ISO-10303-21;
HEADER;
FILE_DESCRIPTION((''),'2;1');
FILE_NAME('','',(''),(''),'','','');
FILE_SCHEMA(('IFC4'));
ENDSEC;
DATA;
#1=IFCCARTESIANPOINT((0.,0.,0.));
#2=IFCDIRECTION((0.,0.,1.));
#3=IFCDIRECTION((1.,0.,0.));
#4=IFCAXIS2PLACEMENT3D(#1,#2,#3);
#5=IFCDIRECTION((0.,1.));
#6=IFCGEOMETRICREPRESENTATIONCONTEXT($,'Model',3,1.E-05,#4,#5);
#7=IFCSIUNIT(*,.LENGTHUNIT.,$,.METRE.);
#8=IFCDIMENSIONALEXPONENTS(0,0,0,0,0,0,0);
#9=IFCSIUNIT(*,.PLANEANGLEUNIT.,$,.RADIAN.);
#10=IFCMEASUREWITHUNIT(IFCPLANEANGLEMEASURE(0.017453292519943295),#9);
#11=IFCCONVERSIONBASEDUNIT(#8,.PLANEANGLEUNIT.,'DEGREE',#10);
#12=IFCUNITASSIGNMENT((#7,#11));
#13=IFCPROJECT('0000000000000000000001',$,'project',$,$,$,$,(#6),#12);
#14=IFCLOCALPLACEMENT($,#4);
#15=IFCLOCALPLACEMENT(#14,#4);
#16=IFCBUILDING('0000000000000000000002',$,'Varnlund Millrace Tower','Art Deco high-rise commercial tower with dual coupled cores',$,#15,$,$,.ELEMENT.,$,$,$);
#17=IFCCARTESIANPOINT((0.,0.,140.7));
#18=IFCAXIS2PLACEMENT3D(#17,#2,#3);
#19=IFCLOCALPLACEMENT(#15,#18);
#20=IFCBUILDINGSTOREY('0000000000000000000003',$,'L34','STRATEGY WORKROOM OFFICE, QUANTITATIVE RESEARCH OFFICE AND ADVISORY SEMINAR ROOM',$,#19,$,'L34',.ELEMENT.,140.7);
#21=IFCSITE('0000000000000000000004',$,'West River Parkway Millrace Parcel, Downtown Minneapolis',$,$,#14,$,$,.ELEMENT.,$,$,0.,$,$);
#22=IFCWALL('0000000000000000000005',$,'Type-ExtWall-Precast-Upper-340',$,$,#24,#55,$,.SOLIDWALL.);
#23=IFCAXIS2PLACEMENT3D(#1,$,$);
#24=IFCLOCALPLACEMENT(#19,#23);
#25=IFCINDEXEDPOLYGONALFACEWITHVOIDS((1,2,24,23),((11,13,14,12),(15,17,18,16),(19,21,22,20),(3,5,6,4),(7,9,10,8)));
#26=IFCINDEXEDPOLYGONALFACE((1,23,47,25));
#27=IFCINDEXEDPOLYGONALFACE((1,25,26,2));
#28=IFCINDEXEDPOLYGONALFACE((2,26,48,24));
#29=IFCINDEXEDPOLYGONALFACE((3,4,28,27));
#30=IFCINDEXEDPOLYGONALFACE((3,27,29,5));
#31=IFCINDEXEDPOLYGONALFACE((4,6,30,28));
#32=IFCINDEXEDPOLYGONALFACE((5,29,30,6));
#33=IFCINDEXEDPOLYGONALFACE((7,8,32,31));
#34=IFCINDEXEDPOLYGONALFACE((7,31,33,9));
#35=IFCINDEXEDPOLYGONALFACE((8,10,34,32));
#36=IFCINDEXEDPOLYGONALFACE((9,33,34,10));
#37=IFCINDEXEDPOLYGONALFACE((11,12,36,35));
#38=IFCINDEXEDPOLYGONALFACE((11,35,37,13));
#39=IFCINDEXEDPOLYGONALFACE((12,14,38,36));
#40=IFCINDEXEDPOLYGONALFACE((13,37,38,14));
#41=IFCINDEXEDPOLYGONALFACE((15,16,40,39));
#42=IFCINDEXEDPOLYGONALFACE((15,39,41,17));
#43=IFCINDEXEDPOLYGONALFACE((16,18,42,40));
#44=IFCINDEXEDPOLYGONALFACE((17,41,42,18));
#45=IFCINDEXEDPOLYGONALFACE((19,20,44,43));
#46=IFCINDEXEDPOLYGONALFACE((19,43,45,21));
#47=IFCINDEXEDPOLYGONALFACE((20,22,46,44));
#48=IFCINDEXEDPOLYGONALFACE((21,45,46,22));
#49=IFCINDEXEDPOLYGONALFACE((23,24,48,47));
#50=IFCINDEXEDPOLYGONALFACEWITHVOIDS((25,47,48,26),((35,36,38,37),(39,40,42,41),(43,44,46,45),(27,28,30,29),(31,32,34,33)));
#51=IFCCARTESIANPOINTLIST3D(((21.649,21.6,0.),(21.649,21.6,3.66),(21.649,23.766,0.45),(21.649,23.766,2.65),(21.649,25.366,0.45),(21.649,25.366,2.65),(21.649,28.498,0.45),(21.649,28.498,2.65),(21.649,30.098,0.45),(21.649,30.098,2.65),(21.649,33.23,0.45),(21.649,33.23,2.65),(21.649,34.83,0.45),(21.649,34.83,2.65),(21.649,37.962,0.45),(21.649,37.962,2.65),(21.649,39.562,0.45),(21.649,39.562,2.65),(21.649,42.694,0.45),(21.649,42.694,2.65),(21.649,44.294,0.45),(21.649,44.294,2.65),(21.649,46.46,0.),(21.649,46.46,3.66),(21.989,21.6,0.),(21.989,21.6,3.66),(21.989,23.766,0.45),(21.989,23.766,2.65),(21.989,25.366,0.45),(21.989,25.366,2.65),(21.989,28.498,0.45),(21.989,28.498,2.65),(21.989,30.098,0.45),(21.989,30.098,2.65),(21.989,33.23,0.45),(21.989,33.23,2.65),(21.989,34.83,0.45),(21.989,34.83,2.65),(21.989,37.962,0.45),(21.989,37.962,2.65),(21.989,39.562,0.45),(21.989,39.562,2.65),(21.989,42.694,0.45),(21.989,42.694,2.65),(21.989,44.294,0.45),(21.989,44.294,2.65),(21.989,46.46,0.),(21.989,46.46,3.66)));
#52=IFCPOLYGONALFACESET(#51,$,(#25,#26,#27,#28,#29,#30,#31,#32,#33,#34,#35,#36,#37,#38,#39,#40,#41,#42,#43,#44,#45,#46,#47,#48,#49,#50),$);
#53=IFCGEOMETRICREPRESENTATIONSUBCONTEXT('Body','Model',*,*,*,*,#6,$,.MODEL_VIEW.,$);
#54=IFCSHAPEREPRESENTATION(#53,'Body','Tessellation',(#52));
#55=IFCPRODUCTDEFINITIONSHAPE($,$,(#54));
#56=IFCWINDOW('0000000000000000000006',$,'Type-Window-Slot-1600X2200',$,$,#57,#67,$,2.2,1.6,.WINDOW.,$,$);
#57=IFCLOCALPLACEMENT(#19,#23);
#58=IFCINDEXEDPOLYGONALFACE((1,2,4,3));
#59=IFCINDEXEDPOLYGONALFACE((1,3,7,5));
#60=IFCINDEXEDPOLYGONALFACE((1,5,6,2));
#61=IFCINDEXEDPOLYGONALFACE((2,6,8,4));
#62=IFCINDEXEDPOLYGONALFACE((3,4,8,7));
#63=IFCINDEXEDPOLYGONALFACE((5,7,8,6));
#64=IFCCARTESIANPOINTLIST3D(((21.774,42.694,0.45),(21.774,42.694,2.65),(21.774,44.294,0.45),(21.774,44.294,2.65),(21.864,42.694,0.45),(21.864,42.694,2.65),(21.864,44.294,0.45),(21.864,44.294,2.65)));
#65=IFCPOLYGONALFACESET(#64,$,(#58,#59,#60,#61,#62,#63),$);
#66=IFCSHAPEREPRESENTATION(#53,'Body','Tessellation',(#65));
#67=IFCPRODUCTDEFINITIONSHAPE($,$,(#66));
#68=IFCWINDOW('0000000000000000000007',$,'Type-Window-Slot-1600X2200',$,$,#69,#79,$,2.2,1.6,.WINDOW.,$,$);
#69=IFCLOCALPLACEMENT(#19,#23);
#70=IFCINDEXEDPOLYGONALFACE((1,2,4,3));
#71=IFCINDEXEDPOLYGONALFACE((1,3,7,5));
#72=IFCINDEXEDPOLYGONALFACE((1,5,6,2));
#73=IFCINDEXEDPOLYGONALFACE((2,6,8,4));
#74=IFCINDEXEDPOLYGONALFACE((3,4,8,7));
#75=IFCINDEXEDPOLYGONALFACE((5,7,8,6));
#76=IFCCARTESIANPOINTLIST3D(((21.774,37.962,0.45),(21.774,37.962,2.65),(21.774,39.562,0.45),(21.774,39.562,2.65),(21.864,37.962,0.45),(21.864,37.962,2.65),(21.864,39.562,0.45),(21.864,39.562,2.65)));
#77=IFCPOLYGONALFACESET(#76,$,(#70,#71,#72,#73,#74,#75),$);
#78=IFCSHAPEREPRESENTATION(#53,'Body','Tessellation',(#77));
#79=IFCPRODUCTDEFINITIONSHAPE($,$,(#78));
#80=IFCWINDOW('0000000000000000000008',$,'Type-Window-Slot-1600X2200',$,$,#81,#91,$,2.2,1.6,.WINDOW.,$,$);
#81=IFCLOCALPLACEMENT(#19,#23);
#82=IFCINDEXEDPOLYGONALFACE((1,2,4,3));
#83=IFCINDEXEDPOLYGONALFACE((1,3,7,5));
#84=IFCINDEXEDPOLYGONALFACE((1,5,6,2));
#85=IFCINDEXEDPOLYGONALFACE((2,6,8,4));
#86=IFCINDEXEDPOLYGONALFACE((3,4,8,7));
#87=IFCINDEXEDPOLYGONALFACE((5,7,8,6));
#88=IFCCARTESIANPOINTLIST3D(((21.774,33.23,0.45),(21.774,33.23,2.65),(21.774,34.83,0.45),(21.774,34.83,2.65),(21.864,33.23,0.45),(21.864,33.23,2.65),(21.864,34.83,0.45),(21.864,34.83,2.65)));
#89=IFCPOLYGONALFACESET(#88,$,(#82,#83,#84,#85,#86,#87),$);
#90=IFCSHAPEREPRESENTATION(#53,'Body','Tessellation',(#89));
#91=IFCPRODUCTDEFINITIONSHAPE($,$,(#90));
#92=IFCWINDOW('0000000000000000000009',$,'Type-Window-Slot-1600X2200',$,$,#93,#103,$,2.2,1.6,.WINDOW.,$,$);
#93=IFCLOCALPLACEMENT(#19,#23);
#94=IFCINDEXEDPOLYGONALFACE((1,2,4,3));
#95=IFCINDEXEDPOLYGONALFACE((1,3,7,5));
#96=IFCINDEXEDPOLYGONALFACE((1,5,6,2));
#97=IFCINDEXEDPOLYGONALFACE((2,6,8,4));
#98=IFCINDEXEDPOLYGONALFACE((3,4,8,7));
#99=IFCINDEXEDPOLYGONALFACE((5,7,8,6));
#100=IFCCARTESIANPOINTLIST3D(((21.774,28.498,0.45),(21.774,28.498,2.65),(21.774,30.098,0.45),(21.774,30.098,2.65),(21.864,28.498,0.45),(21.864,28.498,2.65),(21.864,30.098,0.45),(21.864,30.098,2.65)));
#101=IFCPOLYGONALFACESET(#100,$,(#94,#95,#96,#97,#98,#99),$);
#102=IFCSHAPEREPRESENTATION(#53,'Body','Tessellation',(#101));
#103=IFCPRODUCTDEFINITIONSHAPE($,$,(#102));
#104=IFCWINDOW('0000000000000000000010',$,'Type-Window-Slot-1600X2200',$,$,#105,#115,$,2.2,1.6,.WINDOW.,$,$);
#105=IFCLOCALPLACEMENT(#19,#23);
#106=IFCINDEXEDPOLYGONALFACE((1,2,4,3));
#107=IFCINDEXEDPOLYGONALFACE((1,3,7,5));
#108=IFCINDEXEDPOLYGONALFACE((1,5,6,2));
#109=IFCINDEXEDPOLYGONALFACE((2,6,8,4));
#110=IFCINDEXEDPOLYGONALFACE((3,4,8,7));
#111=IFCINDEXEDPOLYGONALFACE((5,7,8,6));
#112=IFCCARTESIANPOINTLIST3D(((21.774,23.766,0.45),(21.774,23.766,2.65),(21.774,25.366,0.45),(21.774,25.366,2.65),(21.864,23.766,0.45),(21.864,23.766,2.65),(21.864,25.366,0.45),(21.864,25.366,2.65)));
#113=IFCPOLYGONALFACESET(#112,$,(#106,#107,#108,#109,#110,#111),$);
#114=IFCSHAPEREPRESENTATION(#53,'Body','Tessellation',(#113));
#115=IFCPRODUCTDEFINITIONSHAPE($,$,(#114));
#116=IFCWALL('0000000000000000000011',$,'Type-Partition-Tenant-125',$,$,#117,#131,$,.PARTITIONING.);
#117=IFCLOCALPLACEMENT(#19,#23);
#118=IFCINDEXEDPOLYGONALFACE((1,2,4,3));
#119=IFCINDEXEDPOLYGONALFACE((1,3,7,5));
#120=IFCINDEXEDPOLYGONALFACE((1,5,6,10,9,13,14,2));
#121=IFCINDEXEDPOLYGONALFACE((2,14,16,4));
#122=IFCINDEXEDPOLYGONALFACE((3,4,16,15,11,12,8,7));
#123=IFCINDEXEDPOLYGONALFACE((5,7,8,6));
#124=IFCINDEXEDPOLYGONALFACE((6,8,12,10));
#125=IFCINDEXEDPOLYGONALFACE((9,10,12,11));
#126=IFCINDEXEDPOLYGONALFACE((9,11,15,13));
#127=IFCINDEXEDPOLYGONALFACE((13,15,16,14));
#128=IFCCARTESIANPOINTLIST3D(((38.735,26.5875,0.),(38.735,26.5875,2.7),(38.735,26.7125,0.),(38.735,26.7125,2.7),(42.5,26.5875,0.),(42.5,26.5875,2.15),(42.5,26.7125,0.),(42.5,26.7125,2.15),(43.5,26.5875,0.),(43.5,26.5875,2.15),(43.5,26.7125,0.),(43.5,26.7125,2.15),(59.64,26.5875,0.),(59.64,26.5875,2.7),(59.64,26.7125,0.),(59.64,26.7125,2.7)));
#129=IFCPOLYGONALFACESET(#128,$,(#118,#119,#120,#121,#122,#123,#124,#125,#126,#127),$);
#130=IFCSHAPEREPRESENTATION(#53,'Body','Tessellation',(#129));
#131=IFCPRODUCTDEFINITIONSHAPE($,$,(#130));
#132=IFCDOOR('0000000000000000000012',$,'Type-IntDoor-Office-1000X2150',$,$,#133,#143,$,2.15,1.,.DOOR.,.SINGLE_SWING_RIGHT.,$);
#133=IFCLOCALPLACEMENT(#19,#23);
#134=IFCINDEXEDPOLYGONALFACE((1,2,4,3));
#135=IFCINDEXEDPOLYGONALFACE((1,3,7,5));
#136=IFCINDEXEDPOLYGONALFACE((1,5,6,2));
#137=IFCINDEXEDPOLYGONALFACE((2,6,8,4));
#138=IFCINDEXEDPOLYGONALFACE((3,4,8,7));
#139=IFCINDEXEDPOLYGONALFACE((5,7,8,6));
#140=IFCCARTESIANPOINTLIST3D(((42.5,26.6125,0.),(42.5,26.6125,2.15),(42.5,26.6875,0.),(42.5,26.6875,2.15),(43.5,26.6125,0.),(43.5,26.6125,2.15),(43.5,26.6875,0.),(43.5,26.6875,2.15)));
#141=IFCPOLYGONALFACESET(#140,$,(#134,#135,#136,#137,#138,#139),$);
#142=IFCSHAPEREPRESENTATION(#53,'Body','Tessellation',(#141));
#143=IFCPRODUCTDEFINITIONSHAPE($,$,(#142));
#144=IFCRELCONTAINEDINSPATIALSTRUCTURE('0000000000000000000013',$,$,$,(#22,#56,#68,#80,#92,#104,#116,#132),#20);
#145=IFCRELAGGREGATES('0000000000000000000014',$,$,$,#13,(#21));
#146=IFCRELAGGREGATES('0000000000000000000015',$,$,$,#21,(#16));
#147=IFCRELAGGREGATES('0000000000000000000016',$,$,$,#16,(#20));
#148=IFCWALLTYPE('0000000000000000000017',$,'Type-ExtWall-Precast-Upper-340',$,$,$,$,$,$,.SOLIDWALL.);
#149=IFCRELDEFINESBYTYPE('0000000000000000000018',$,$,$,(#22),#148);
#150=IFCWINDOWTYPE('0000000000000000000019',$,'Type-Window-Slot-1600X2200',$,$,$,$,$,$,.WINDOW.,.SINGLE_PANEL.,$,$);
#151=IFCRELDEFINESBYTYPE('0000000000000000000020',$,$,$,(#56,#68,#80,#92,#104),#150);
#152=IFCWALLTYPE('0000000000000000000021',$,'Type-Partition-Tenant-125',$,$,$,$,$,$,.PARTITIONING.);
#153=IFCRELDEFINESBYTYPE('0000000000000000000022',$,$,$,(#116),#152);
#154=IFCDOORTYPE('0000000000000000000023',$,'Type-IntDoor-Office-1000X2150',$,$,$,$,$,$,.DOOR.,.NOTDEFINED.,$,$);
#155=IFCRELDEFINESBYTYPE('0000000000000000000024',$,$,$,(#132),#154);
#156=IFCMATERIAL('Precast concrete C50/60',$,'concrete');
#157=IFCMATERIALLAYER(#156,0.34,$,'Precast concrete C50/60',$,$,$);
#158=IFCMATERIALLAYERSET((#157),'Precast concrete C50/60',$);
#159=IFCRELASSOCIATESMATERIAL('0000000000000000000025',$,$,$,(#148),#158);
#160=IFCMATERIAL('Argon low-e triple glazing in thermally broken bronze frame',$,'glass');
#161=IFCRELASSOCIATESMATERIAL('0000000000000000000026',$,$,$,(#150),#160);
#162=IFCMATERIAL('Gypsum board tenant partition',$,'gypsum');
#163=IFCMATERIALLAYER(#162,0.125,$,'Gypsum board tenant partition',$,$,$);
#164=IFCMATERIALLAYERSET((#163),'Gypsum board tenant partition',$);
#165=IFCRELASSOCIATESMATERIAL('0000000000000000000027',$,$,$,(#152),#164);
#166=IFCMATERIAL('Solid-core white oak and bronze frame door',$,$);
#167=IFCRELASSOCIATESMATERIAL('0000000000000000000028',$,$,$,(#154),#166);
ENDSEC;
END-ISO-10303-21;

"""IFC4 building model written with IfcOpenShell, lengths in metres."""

from ifc_helpers import new_model, entity, si_unit, converted_unit, direction, frame, origin_with_axes, origin_2d_with_axis, place, context, subcontext, project, spatial, polyline, rectangle, outline, extrude, material, layer, layer_set, type_object, element, fill, save


model = new_model("IFC4")

# Units and contexts
model_context = context("Model", 3, precision=1e-05, world=origin_with_axes(), true_north=direction((0.0, 1.0)))
body_context = subcontext(model_context, "Body", "Model", "MODEL_VIEW")
ifc_project = project(units=[si_unit("LENGTHUNIT", "METRE"), converted_unit("PLANEANGLEUNIT", "DEGREE", entity("IfcPlaneAngleMeasure", 0.017453292519943295), si_unit("PLANEANGLEUNIT", "RADIAN"), dimensions=[0, 0, 0, 0, 0, 0, 0])], contexts=[model_context])

# Site, building, storey
site_placement = place(None, origin_with_axes())
site = spatial("IfcSite", under=ifc_project, at=site_placement, Name="West River Parkway Millrace Parcel, Downtown Minneapolis", CompositionType="ELEMENT", RefElevation=0.0)
building_placement = place(site_placement, origin_with_axes())
building = spatial("IfcBuilding", under=site, at=building_placement, Name="Varnlund Millrace Tower", Description="Art Deco high-rise commercial tower with dual coupled cores", CompositionType="ELEMENT")
storey_placement = place(building_placement, frame((0.0, 0.0, 140.7), z_axis=(0.0, 0.0, 1.0), x_axis=(1.0, 0.0, 0.0)))
storey = spatial("IfcBuildingStorey", under=building, at=storey_placement, Name="L34", Description="STRATEGY WORKROOM OFFICE, QUANTITATIVE RESEARCH OFFICE AND ADVISORY SEMINAR ROOM", LongName="L34", CompositionType="ELEMENT", Elevation=140.7)

# Shared definitions
ifc_material_1 = material(Name="Precast concrete C50/60", Category="concrete")
ifc_layer_1 = layer(ifc_material_1, 0.34, Name="Precast concrete C50/60")
ifc_layer_set_1 = layer_set([ifc_layer_1], Name="Precast concrete C50/60")
wall_type_1 = type_object("IfcWallType", Name="Type-ExtWall-Precast-Upper-340", PredefinedType="SOLIDWALL", material=ifc_layer_set_1)
ifc_material_2 = material(Name="Argon low-e triple glazing in thermally broken bronze frame", Category="glass")

# Wall, openings, windows
wall_1_placement = place(storey_placement, frame((21.819, 46.46, 0.0), z_axis=(0.0, 0.0, 1.0), x_axis=(0.0, -1.0, 0.0)))
wall_1 = element("IfcWall", 1, at=wall_1_placement, inside=storey, type_object=wall_type_1, Name="Type-ExtWall-Precast-Upper-340", PredefinedType="SOLIDWALL", context=body_context, shape_type="SweptSolid", body=[
    extrude(outline(polyline([(0.0, -0.17), (24.86, -0.17), (24.86, 0.17), (0.0, 0.17), (0.0, -0.17)])), origin_with_axes(), (0.0, 0.0, 1.0), 3.66),
])
opening_1_placement = place(wall_1_placement, frame((2.966, 0.0, 0.45), z_axis=(0.0, 0.0, 1.0), x_axis=(1.0, 0.0, 0.0)))
opening_1 = element("IfcOpeningElement", 2, at=opening_1_placement, cuts=wall_1, PredefinedType="OPENING", context=body_context, shape_type="SweptSolid", body=[
    extrude(rectangle(XDim=1.6, YDim=0.36, at=origin_2d_with_axis()), origin_with_axes(), (0.0, 0.0, 1.0), 2.2),
])
opening_2_placement = place(wall_1_placement, frame((7.698, 0.0, 0.45), z_axis=(0.0, 0.0, 1.0), x_axis=(1.0, 0.0, 0.0)))
opening_2 = element("IfcOpeningElement", 3, at=opening_2_placement, cuts=wall_1, PredefinedType="OPENING", context=body_context, shape_type="SweptSolid", body=[
    extrude(rectangle(XDim=1.6, YDim=0.36, at=origin_2d_with_axis()), origin_with_axes(), (0.0, 0.0, 1.0), 2.2),
])
opening_3_placement = place(wall_1_placement, frame((12.43, 0.0, 0.45), z_axis=(0.0, 0.0, 1.0), x_axis=(1.0, 0.0, 0.0)))
opening_3 = element("IfcOpeningElement", 4, at=opening_3_placement, cuts=wall_1, PredefinedType="OPENING", context=body_context, shape_type="SweptSolid", body=[
    extrude(rectangle(XDim=1.6, YDim=0.36, at=origin_2d_with_axis()), origin_with_axes(), (0.0, 0.0, 1.0), 2.2),
])
opening_4_placement = place(wall_1_placement, frame((17.162, 0.0, 0.45), z_axis=(0.0, 0.0, 1.0), x_axis=(1.0, 0.0, 0.0)))
opening_4 = element("IfcOpeningElement", 5, at=opening_4_placement, cuts=wall_1, PredefinedType="OPENING", context=body_context, shape_type="SweptSolid", body=[
    extrude(rectangle(XDim=1.6, YDim=0.36, at=origin_2d_with_axis()), origin_with_axes(), (0.0, 0.0, 1.0), 2.2),
])
opening_5_placement = place(wall_1_placement, frame((21.894, 0.0, 0.45), z_axis=(0.0, 0.0, 1.0), x_axis=(1.0, 0.0, 0.0)))
opening_5 = element("IfcOpeningElement", 6, at=opening_5_placement, cuts=wall_1, PredefinedType="OPENING", context=body_context, shape_type="SweptSolid", body=[
    extrude(rectangle(XDim=1.6, YDim=0.36, at=origin_2d_with_axis()), origin_with_axes(), (0.0, 0.0, 1.0), 2.2),
])
window_type_1 = type_object("IfcWindowType", Name="Type-Window-Slot-1600X2200", PartitioningType="SINGLE_PANEL", PredefinedType="WINDOW", material=ifc_material_2)
window_1_placement = place(wall_1_placement, frame((2.966, 0.0, 0.45), z_axis=(0.0, 0.0, 1.0), x_axis=(1.0, 0.0, 0.0)))
window_1 = element("IfcWindow", 7, at=window_1_placement, inside=storey, type_object=window_type_1, Name="Type-Window-Slot-1600X2200", OverallHeight=2.2, OverallWidth=1.6, PredefinedType="WINDOW", context=body_context, shape_type="SweptSolid", body=[
    extrude(rectangle(XDim=1.6, YDim=0.09, at=origin_2d_with_axis()), origin_with_axes(), (0.0, 0.0, 1.0), 2.2),
])
fill(opening_1, window_1)
window_2_placement = place(wall_1_placement, frame((7.698, 0.0, 0.45), z_axis=(0.0, 0.0, 1.0), x_axis=(1.0, 0.0, 0.0)))
window_2 = element("IfcWindow", 8, at=window_2_placement, inside=storey, type_object=window_type_1, Name="Type-Window-Slot-1600X2200", OverallHeight=2.2, OverallWidth=1.6, PredefinedType="WINDOW", context=body_context, shape_type="SweptSolid", body=[
    extrude(rectangle(XDim=1.6, YDim=0.09, at=origin_2d_with_axis()), origin_with_axes(), (0.0, 0.0, 1.0), 2.2),
])
fill(opening_2, window_2)
window_3_placement = place(wall_1_placement, frame((12.43, 0.0, 0.45), z_axis=(0.0, 0.0, 1.0), x_axis=(1.0, 0.0, 0.0)))
window_3 = element("IfcWindow", 9, at=window_3_placement, inside=storey, type_object=window_type_1, Name="Type-Window-Slot-1600X2200", OverallHeight=2.2, OverallWidth=1.6, PredefinedType="WINDOW", context=body_context, shape_type="SweptSolid", body=[
    extrude(rectangle(XDim=1.6, YDim=0.09, at=origin_2d_with_axis()), origin_with_axes(), (0.0, 0.0, 1.0), 2.2),
])
fill(opening_3, window_3)
window_4_placement = place(wall_1_placement, frame((17.162, 0.0, 0.45), z_axis=(0.0, 0.0, 1.0), x_axis=(1.0, 0.0, 0.0)))
window_4 = element("IfcWindow", 10, at=window_4_placement, inside=storey, type_object=window_type_1, Name="Type-Window-Slot-1600X2200", OverallHeight=2.2, OverallWidth=1.6, PredefinedType="WINDOW", context=body_context, shape_type="SweptSolid", body=[
    extrude(rectangle(XDim=1.6, YDim=0.09, at=origin_2d_with_axis()), origin_with_axes(), (0.0, 0.0, 1.0), 2.2),
])
fill(opening_4, window_4)
window_5_placement = place(wall_1_placement, frame((21.894, 0.0, 0.45), z_axis=(0.0, 0.0, 1.0), x_axis=(1.0, 0.0, 0.0)))
window_5 = element("IfcWindow", 11, at=window_5_placement, inside=storey, type_object=window_type_1, Name="Type-Window-Slot-1600X2200", OverallHeight=2.2, OverallWidth=1.6, PredefinedType="WINDOW", context=body_context, shape_type="SweptSolid", body=[
    extrude(rectangle(XDim=1.6, YDim=0.09, at=origin_2d_with_axis()), origin_with_axes(), (0.0, 0.0, 1.0), 2.2),
])
fill(opening_5, window_5)

# Wall, opening, door
ifc_material_3 = material(Name="Gypsum board tenant partition", Category="gypsum")
ifc_layer_2 = layer(ifc_material_3, 0.125, Name="Gypsum board tenant partition")
ifc_layer_set_2 = layer_set([ifc_layer_2], Name="Gypsum board tenant partition")
wall_type_2 = type_object("IfcWallType", Name="Type-Partition-Tenant-125", PredefinedType="PARTITIONING", material=ifc_layer_set_2)
wall_2_placement = place(storey_placement, frame((38.735, 26.65, 0.0), z_axis=(0.0, 0.0, 1.0), x_axis=(1.0, 0.0, 0.0)))
wall_2 = element("IfcWall", 12, at=wall_2_placement, inside=storey, type_object=wall_type_2, Name="Type-Partition-Tenant-125", PredefinedType="PARTITIONING", context=body_context, shape_type="SweptSolid", body=[
    extrude(outline(polyline([(0.0, -0.0625), (20.905, -0.0625), (20.905, 0.0625), (0.0, 0.0625), (0.0, -0.0625)])), origin_with_axes(), (0.0, 0.0, 1.0), 2.7),
])
opening_6_placement = place(wall_2_placement, frame((4.265, 0.0, 0.0), z_axis=(0.0, 0.0, 1.0), x_axis=(1.0, 0.0, 0.0)))
opening_6 = element("IfcOpeningElement", 13, at=opening_6_placement, cuts=wall_2, PredefinedType="OPENING", context=body_context, shape_type="SweptSolid", body=[
    extrude(rectangle(XDim=1.0, YDim=0.145, at=origin_2d_with_axis()), origin_with_axes(), (0.0, 0.0, 1.0), 2.15),
])
ifc_material_4 = material(Name="Solid-core white oak and bronze frame door")
door_type = type_object("IfcDoorType", Name="Type-IntDoor-Office-1000X2150", OperationType="NOTDEFINED", PredefinedType="DOOR", material=ifc_material_4)
door_placement = place(wall_2_placement, frame((4.265, 0.0, 0.0), z_axis=(0.0, 0.0, 1.0), x_axis=(1.0, 0.0, 0.0)))
door = element("IfcDoor", 14, at=door_placement, inside=storey, type_object=door_type, Name="Type-IntDoor-Office-1000X2150", OperationType="SINGLE_SWING_RIGHT", OverallHeight=2.15, OverallWidth=1.0, PredefinedType="DOOR", context=body_context, shape_type="SweptSolid", body=[
    extrude(rectangle(XDim=1.0, YDim=0.075, at=origin_2d_with_axis()), origin_with_axes(), (0.0, 0.0, 1.0), 2.15),
])
fill(opening_6, door)

save(model, "model.ifc")
